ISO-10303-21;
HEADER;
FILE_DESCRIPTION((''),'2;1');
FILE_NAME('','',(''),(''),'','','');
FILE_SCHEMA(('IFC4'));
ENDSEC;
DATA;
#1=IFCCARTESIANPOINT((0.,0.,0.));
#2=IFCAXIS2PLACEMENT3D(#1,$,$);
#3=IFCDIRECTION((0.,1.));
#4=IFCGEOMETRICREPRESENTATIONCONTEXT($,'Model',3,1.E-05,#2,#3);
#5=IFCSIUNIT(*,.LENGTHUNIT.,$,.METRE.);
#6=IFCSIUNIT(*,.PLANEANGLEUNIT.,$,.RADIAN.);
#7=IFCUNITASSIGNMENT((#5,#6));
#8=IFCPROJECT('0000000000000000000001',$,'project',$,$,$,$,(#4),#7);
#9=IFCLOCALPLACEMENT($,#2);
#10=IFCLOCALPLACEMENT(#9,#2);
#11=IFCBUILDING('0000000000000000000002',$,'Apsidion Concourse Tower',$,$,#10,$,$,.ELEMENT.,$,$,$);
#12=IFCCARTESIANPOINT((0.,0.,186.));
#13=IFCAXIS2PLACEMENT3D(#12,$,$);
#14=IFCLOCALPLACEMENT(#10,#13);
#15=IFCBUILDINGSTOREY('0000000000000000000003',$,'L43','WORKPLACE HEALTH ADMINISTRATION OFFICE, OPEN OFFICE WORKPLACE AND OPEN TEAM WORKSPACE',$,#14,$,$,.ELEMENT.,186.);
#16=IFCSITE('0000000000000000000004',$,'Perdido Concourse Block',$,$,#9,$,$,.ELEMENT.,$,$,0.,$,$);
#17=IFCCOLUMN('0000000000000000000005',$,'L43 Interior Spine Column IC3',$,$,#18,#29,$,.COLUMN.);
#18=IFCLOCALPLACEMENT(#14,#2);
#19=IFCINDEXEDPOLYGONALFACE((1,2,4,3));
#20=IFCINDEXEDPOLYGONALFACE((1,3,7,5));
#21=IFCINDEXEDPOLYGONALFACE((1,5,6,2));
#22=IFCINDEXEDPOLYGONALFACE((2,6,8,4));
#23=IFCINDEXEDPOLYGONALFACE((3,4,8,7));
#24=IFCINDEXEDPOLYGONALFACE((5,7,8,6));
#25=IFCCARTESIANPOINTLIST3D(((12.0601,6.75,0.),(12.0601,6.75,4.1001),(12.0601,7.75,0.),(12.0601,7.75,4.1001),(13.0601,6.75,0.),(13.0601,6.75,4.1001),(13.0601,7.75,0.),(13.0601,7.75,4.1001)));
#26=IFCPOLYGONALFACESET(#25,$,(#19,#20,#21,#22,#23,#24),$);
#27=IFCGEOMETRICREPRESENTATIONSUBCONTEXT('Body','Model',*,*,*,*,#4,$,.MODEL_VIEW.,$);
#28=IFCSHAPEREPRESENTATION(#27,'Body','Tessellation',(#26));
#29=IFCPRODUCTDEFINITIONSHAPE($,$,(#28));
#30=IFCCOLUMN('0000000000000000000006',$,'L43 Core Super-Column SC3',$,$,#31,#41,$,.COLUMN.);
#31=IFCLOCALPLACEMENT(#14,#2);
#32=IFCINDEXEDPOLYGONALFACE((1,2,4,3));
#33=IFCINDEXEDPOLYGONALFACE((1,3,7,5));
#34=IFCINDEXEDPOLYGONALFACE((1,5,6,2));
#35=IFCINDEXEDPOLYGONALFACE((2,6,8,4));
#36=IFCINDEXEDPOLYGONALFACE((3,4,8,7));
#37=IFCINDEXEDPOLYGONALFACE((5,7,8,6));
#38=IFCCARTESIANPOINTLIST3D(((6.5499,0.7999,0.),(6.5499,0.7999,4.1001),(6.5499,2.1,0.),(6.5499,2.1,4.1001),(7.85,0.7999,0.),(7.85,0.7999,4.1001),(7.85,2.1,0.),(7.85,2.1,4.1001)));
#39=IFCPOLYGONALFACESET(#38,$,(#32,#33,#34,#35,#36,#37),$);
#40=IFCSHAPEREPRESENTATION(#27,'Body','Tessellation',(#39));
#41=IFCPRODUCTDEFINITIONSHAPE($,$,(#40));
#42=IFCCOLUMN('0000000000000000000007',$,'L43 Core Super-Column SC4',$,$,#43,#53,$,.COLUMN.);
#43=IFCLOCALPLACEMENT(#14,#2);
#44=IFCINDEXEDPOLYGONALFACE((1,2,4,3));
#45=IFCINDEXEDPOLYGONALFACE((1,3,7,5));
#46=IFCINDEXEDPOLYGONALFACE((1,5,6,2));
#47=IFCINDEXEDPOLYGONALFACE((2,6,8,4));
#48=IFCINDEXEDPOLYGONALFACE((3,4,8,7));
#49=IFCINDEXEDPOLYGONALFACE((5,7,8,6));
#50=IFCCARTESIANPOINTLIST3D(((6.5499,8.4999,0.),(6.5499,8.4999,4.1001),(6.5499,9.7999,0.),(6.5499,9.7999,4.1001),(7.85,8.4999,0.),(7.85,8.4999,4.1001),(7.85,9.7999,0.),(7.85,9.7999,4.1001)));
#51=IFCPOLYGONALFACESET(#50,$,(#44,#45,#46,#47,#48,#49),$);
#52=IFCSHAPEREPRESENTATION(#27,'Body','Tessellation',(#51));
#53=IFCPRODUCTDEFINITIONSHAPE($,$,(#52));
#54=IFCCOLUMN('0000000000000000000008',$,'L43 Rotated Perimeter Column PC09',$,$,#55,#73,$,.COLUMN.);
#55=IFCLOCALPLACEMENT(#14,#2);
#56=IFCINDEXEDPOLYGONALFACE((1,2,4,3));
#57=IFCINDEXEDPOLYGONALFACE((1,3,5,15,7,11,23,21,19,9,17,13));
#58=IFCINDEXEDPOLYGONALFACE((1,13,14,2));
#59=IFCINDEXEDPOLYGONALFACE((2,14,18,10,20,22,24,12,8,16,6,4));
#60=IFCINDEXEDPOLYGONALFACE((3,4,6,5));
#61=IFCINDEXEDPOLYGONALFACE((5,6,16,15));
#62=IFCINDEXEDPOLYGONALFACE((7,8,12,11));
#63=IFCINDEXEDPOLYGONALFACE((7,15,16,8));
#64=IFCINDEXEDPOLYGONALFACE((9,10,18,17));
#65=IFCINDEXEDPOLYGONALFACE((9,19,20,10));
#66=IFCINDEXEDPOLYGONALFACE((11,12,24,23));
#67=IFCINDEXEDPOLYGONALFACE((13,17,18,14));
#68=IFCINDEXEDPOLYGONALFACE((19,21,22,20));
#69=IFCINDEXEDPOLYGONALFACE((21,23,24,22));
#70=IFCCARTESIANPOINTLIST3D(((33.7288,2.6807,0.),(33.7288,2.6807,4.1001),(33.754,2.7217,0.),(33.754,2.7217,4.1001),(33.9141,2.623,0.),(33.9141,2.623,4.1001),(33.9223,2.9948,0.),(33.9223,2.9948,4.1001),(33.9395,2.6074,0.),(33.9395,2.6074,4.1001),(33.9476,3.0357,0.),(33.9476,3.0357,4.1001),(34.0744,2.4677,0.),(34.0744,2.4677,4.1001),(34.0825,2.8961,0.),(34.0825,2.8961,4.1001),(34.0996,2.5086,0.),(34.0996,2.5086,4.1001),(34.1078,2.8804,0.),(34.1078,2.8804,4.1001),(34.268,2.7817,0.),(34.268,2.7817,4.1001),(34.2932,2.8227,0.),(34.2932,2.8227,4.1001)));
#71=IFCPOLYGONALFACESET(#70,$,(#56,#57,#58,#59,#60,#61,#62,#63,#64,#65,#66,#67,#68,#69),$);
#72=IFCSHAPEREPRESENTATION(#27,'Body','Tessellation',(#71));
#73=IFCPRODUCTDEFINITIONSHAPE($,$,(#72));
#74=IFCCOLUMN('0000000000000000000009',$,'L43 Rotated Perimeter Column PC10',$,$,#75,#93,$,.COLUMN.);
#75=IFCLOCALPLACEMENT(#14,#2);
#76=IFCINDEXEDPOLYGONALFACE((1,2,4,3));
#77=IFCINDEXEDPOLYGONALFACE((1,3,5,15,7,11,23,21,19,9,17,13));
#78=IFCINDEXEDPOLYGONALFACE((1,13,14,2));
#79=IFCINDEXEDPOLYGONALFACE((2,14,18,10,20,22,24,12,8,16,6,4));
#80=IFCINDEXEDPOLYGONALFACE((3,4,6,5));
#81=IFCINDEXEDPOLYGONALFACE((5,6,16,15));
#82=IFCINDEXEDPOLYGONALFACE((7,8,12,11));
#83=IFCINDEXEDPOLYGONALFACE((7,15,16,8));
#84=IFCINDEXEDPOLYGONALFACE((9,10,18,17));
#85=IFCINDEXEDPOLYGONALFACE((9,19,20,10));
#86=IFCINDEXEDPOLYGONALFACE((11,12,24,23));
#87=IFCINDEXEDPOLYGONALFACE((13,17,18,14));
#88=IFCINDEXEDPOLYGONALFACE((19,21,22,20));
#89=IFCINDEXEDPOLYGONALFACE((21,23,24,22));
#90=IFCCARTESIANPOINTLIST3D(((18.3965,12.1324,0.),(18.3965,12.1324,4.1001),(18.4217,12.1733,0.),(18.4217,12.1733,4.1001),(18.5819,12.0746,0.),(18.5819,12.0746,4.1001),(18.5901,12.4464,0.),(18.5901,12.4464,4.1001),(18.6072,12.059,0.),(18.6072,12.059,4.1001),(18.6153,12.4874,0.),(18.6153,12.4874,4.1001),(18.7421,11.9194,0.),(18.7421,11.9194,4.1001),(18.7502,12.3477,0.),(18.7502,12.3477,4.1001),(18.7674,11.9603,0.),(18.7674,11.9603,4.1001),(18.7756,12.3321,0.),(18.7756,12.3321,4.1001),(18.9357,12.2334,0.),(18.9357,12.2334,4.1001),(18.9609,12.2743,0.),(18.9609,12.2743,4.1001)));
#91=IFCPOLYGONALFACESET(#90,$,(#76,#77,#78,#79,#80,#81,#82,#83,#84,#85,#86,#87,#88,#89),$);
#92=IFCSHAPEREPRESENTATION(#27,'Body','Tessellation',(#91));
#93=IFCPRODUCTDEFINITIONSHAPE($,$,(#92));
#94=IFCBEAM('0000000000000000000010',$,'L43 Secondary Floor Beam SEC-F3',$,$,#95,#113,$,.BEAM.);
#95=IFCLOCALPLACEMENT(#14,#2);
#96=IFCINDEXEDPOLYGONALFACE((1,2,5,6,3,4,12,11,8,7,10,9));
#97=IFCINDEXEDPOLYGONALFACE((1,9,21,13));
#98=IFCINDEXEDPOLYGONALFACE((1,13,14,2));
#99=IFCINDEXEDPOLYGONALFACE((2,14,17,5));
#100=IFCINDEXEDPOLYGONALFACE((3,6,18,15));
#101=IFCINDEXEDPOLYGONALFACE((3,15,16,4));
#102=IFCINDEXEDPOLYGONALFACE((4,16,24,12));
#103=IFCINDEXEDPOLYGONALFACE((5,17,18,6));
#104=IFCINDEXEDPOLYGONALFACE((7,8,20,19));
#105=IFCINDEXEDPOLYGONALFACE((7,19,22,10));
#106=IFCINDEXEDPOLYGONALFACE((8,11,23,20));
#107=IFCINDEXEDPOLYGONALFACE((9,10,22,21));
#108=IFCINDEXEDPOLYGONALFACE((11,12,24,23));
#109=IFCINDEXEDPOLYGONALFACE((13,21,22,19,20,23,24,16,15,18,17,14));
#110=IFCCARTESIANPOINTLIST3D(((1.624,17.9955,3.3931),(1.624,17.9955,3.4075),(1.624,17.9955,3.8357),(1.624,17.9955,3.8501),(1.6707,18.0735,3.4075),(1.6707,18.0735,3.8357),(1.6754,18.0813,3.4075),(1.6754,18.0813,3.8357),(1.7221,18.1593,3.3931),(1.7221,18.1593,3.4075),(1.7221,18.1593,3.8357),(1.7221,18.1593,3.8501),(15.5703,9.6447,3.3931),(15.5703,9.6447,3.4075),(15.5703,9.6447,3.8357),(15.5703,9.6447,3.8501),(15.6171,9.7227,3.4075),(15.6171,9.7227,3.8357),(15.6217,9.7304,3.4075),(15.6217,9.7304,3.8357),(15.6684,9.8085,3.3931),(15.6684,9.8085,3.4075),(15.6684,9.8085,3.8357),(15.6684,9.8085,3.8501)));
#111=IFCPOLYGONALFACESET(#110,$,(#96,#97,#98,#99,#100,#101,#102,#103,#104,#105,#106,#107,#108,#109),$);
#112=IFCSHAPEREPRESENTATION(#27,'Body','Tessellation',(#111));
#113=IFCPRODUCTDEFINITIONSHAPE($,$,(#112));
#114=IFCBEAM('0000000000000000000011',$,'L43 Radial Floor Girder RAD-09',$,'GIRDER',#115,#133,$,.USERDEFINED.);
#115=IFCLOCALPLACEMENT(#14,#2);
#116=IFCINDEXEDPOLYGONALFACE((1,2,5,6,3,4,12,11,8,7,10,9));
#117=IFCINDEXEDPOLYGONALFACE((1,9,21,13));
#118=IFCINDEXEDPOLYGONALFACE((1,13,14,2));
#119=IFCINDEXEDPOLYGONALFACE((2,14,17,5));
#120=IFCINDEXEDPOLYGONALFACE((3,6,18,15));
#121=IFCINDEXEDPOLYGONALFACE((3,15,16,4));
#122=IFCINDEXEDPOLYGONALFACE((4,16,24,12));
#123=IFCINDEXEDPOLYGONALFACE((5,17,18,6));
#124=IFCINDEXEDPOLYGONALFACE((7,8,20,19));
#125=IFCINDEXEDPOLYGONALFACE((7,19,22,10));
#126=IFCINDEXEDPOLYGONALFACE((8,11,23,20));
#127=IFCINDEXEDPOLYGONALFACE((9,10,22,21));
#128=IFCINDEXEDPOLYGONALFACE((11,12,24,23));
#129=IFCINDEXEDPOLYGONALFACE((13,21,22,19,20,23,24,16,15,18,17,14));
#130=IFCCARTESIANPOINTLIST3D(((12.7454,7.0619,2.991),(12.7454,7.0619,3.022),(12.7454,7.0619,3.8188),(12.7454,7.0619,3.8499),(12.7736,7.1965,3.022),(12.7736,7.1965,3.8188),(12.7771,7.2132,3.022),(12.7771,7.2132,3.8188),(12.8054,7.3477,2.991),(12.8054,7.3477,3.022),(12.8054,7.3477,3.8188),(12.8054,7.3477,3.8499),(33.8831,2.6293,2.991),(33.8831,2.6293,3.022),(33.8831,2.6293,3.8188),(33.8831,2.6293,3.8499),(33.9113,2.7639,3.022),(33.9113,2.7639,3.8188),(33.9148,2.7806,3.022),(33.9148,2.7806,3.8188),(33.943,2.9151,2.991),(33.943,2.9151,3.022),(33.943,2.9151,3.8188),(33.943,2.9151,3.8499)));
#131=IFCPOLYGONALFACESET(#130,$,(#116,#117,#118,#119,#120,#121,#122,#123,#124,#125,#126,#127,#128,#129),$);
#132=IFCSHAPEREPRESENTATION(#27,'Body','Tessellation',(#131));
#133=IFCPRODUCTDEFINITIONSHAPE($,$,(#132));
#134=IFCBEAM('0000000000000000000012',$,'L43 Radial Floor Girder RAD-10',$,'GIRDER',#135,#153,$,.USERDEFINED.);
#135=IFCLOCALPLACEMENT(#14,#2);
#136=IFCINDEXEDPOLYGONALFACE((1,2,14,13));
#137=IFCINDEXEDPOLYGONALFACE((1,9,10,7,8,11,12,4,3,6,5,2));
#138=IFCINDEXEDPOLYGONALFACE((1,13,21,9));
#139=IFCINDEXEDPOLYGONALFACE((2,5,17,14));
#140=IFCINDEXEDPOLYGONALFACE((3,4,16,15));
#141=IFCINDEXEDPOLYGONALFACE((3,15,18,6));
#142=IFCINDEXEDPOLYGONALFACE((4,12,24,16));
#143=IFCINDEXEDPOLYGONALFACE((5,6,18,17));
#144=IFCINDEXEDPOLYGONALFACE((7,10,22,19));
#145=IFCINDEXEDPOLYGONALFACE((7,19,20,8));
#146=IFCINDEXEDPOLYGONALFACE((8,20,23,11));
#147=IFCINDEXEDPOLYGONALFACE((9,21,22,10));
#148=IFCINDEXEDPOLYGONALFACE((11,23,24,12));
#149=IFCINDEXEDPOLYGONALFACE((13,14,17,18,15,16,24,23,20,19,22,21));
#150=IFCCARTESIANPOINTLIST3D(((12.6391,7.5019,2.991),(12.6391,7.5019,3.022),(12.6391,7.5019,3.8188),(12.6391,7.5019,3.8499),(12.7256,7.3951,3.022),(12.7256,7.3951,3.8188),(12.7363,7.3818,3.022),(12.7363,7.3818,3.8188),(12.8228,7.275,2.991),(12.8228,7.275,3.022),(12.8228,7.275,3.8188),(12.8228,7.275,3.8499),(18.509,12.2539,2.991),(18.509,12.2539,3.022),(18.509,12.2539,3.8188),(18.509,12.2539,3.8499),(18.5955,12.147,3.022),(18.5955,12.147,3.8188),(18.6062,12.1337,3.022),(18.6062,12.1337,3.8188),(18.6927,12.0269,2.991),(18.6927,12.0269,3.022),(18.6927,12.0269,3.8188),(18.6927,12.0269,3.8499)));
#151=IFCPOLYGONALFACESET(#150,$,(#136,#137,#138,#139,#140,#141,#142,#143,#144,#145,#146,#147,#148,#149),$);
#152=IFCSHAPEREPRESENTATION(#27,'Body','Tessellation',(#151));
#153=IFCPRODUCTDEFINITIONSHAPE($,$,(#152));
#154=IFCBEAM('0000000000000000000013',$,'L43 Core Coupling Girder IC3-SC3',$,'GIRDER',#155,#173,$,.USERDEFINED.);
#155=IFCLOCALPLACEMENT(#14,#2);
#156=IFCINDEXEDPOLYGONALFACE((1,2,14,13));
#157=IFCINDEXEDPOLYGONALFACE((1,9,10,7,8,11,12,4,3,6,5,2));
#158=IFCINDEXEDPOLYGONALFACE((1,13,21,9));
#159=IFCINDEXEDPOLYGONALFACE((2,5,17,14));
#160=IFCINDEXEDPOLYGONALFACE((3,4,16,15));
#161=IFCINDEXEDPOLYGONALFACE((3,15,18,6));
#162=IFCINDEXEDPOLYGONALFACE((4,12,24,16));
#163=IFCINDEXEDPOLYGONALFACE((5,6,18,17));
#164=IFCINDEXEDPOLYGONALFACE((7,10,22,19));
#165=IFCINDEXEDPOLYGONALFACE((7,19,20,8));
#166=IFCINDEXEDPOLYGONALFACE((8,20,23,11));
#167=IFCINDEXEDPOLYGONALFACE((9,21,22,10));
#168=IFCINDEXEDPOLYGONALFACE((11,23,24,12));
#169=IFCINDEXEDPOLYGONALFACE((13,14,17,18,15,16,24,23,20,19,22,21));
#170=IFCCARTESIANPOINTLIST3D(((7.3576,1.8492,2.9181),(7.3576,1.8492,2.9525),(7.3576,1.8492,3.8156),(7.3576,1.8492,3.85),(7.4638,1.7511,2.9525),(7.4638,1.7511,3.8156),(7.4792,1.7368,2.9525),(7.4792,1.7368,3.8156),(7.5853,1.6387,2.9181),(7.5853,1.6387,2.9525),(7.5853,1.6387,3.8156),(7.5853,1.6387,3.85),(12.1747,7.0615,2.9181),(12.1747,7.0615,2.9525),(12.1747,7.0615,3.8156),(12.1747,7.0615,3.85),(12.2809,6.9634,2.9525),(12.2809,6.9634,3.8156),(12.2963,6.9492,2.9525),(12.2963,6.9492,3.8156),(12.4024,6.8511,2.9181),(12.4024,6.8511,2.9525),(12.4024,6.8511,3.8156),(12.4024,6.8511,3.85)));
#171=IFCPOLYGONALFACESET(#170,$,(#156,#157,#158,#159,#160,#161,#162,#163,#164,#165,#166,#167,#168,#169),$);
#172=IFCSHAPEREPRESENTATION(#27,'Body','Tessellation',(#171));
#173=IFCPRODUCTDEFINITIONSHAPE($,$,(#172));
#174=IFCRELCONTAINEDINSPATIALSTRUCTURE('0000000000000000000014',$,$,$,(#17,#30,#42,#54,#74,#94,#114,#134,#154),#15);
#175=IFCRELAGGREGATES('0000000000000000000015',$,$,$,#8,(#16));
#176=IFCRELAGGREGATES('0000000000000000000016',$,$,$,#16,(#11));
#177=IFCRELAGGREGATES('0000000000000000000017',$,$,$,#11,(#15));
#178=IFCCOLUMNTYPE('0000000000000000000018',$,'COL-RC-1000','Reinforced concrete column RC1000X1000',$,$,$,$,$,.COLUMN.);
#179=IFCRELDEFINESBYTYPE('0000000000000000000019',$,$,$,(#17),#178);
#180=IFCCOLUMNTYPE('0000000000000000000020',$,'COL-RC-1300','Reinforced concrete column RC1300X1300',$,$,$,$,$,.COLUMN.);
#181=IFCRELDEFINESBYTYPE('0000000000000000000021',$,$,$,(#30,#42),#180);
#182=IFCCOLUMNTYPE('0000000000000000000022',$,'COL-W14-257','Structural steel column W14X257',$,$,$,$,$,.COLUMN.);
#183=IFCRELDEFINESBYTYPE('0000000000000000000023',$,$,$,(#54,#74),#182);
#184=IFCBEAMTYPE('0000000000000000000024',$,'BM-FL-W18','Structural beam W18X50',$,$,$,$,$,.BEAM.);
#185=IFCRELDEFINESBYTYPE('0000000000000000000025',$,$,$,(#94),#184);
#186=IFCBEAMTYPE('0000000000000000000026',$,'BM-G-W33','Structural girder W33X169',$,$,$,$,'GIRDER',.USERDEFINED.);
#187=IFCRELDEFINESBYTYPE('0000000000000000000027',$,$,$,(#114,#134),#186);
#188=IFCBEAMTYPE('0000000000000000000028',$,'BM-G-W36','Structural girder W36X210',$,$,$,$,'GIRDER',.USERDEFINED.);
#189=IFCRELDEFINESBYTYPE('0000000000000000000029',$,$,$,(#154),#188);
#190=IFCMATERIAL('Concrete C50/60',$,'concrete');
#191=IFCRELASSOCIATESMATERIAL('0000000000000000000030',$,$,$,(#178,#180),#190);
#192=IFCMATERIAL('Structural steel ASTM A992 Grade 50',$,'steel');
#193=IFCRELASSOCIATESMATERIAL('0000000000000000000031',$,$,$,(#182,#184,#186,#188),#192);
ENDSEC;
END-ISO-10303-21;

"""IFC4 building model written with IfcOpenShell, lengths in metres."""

from ifc_helpers import new_model, si_unit, direction, frame, origin, origin_2d, place, context, subcontext, project, spatial, rectangle, i_section, extrude, material, material_profile, profile_set, type_object, element, save


model = new_model("IFC4")

# Units and contexts
model_context = context("Model", 3, precision=1e-05, world=origin(), true_north=direction((0.0, 1.0)))
body_context = subcontext(model_context, "Body", "Model", "MODEL_VIEW")
ifc_project = project(units=[si_unit("LENGTHUNIT", "METRE"), si_unit("PLANEANGLEUNIT", "RADIAN")], contexts=[model_context])

# Site, building, storey
site_placement = place(None, origin())
site = spatial("IfcSite", under=ifc_project, at=site_placement, Name="Perdido Concourse Block", CompositionType="ELEMENT", RefElevation=0.0)
building_placement = place(site_placement, origin())
building = spatial("IfcBuilding", under=site, at=building_placement, Name="Apsidion Concourse Tower", CompositionType="ELEMENT")
storey_placement = place(building_placement, frame((0.0, 0.0, 186.0)))
storey = spatial("IfcBuildingStorey", under=building, at=storey_placement, Name="L43", Description="WORKPLACE HEALTH ADMINISTRATION OFFICE, OPEN OFFICE WORKPLACE AND OPEN TEAM WORKSPACE", CompositionType="ELEMENT", Elevation=186.0)

# Columns
ifc_material_1 = material(Name="Concrete C50/60", Category="concrete")
ifc_material_profile_1 = material_profile(ifc_material_1, rectangle(XDim=1.0, YDim=1.0, at=origin_2d()), Name="RC 1000x1000")
ifc_profile_set_1 = profile_set([ifc_material_profile_1], Name="Concrete C50/60")
column_type_1 = type_object("IfcColumnType", Name="COL-RC-1000", Description="Reinforced concrete column RC1000X1000", PredefinedType="COLUMN", material=ifc_profile_set_1)
column_placement = place(storey_placement, frame((12.5601, 7.25, 0.0), z_axis=(0.0, 0.0, 1.0), x_axis=(1.0, 0.0, 0.0)))
element("IfcColumn", 1, at=column_placement, inside=storey, type_object=column_type_1, Name="L43 Interior Spine Column IC3", PredefinedType="COLUMN", context=body_context, shape_type="SweptSolid", body=[
    extrude(rectangle(XDim=1.0, YDim=1.0, at=origin_2d()), origin(), (0.0, 0.0, 1.0), 4.1001),
])
ifc_material_profile_2 = material_profile(ifc_material_1, rectangle(XDim=1.3, YDim=1.3, at=origin_2d()), Name="RC 1300x1300")
ifc_profile_set_2 = profile_set([ifc_material_profile_2], Name="Concrete C50/60")
column_type_2 = type_object("IfcColumnType", Name="COL-RC-1300", Description="Reinforced concrete column RC1300X1300", PredefinedType="COLUMN", material=ifc_profile_set_2)
for number, where, z_axis, x_axis, name in (
    (2, (7.2, 1.45, 0.0), (0.0, 0.0, 1.0), (1.0, 0.0, 0.0), "L43 Core Super-Column SC3"),
    (3, (7.2, 9.1499, 0.0), (0.0, 0.0, 1.0), (1.0, 0.0, 0.0), "L43 Core Super-Column SC4"),
):
    element("IfcColumn", number, at=place(storey_placement, frame(where, z_axis=z_axis, x_axis=x_axis)), inside=storey, type_object=column_type_2, Name=name, PredefinedType="COLUMN", context=body_context, shape_type="SweptSolid", body=[
        extrude(rectangle(XDim=1.3, YDim=1.3, at=origin_2d()), origin(), (0.0, 0.0, 1.0), 4.1001),
    ])
ifc_material_2 = material(Name="Structural steel ASTM A992 Grade 50", Category="steel")
ifc_material_profile_3 = material_profile(ifc_material_2, i_section(OverallWidth=0.406, OverallDepth=0.417, WebThickness=0.0298, FlangeThickness=0.0481, at=origin_2d()), Name="W14X257")
ifc_profile_set_3 = profile_set([ifc_material_profile_3], Name="Structural steel ASTM A992 Grade 50")
column_type_3 = type_object("IfcColumnType", Name="COL-W14-257", Description="Structural steel column W14X257", PredefinedType="COLUMN", material=ifc_profile_set_3)
for number, where, z_axis, x_axis, name in (
    (4, (34.011, 2.7517, 0.0), (0.0, 0.0, 1.0), (-0.851269, 0.524729, 0.0), "L43 Rotated Perimeter Column PC09"),
    (5, (18.6787, 12.2034, 0.0), (0.0, 0.0, 1.0), (-0.851269, 0.524729, 0.0), "L43 Rotated Perimeter Column PC10"),
):
    element("IfcColumn", number, at=place(storey_placement, frame(where, z_axis=z_axis, x_axis=x_axis)), inside=storey, type_object=column_type_3, Name=name, PredefinedType="COLUMN", context=body_context, shape_type="SweptSolid", body=[
        extrude(i_section(OverallWidth=0.406, OverallDepth=0.417, WebThickness=0.0298, FlangeThickness=0.0481, at=origin_2d()), origin(), (0.0, 0.0, 1.0), 4.1001),
    ])

# Beams
ifc_material_profile_4 = material_profile(ifc_material_2, i_section(OverallWidth=0.1909, OverallDepth=0.457, WebThickness=0.009, FlangeThickness=0.0144, at=origin_2d()), Name="W18X50")
ifc_profile_set_4 = profile_set([ifc_material_profile_4], Name="Structural steel ASTM A992 Grade 50")
beam_type_1 = type_object("IfcBeamType", Name="BM-FL-W18", Description="Structural beam W18X50", PredefinedType="BEAM", material=ifc_profile_set_4)
beam_1_placement = place(storey_placement, frame((15.6194, 9.7266, 3.6216), z_axis=(-0.857952, 0.513729, 0.0), x_axis=(-0.513729, -0.857952, 0.0)))
element("IfcBeam", 6, at=beam_1_placement, inside=storey, type_object=beam_type_1, Name="L43 Secondary Floor Beam SEC-F3", PredefinedType="BEAM", context=body_context, shape_type="SweptSolid", body=[
    extrude(i_section(OverallWidth=0.1909, OverallDepth=0.457, WebThickness=0.009, FlangeThickness=0.0144, at=origin_2d()), origin(), (0.0, 0.0, 1.0), 16.2554),
])
ifc_material_profile_5 = material_profile(ifc_material_2, i_section(OverallWidth=0.292, OverallDepth=0.8589, WebThickness=0.0171, FlangeThickness=0.031, at=origin_2d()), Name="W33X169")
ifc_profile_set_5 = profile_set([ifc_material_profile_5], Name="Structural steel ASTM A992 Grade 50")
beam_type_2 = type_object("IfcBeamType", Name="BM-G-W33", Description="Structural girder W33X169", ElementType="GIRDER", PredefinedType="USERDEFINED", material=ifc_profile_set_5)
beam_2_placement = place(storey_placement, frame((12.7754, 7.2048, 3.4204), z_axis=(0.978712, -0.205238, 0.0), x_axis=(0.205238, 0.978712, 0.0)))
element("IfcBeam", 7, at=beam_2_placement, inside=storey, type_object=beam_type_2, Name="L43 Radial Floor Girder RAD-09", ObjectType="GIRDER", PredefinedType="USERDEFINED", context=body_context, shape_type="SweptSolid", body=[
    extrude(i_section(OverallWidth=0.292, OverallDepth=0.8589, WebThickness=0.0171, FlangeThickness=0.031, at=origin_2d()), origin(), (0.0, 0.0, 1.0), 21.5974),
])
beam_3_placement = place(storey_placement, frame((12.731, 7.3884, 3.4204), z_axis=(0.777235, 0.62921, 0.0), x_axis=(-0.62921, 0.777235, 0.0)))
element("IfcBeam", 8, at=beam_3_placement, inside=storey, type_object=beam_type_2, Name="L43 Radial Floor Girder RAD-10", ObjectType="GIRDER", PredefinedType="USERDEFINED", context=body_context, shape_type="SweptSolid", body=[
    extrude(i_section(OverallWidth=0.292, OverallDepth=0.8589, WebThickness=0.0171, FlangeThickness=0.031, at=origin_2d()), origin(), (0.0, 0.0, 1.0), 7.5522),
])
ifc_material_profile_6 = material_profile(ifc_material_2, i_section(OverallWidth=0.3101, OverallDepth=0.9319, WebThickness=0.021, FlangeThickness=0.0344, at=origin_2d()), Name="W36X210")
ifc_profile_set_6 = profile_set([ifc_material_profile_6], Name="Structural steel ASTM A992 Grade 50")
beam_type_3 = type_object("IfcBeamType", Name="BM-G-W36", Description="Structural girder W36X210", ElementType="GIRDER", PredefinedType="USERDEFINED", material=ifc_profile_set_6)
beam_4_placement = place(storey_placement, frame((12.2886, 6.9563, 3.384), z_axis=(-0.678713, -0.734404, 0.0), x_axis=(0.734404, -0.678713, 0.0)))
element("IfcBeam", 9, at=beam_4_placement, inside=storey, type_object=beam_type_3, Name="L43 Core Coupling Girder IC3-SC3", ObjectType="GIRDER", PredefinedType="USERDEFINED", context=body_context, shape_type="SweptSolid", body=[
    extrude(i_section(OverallWidth=0.3101, OverallDepth=0.9319, WebThickness=0.021, FlangeThickness=0.0344, at=origin_2d()), origin(), (0.0, 0.0, 1.0), 7.0974),
])

save(model, "model.ifc")
